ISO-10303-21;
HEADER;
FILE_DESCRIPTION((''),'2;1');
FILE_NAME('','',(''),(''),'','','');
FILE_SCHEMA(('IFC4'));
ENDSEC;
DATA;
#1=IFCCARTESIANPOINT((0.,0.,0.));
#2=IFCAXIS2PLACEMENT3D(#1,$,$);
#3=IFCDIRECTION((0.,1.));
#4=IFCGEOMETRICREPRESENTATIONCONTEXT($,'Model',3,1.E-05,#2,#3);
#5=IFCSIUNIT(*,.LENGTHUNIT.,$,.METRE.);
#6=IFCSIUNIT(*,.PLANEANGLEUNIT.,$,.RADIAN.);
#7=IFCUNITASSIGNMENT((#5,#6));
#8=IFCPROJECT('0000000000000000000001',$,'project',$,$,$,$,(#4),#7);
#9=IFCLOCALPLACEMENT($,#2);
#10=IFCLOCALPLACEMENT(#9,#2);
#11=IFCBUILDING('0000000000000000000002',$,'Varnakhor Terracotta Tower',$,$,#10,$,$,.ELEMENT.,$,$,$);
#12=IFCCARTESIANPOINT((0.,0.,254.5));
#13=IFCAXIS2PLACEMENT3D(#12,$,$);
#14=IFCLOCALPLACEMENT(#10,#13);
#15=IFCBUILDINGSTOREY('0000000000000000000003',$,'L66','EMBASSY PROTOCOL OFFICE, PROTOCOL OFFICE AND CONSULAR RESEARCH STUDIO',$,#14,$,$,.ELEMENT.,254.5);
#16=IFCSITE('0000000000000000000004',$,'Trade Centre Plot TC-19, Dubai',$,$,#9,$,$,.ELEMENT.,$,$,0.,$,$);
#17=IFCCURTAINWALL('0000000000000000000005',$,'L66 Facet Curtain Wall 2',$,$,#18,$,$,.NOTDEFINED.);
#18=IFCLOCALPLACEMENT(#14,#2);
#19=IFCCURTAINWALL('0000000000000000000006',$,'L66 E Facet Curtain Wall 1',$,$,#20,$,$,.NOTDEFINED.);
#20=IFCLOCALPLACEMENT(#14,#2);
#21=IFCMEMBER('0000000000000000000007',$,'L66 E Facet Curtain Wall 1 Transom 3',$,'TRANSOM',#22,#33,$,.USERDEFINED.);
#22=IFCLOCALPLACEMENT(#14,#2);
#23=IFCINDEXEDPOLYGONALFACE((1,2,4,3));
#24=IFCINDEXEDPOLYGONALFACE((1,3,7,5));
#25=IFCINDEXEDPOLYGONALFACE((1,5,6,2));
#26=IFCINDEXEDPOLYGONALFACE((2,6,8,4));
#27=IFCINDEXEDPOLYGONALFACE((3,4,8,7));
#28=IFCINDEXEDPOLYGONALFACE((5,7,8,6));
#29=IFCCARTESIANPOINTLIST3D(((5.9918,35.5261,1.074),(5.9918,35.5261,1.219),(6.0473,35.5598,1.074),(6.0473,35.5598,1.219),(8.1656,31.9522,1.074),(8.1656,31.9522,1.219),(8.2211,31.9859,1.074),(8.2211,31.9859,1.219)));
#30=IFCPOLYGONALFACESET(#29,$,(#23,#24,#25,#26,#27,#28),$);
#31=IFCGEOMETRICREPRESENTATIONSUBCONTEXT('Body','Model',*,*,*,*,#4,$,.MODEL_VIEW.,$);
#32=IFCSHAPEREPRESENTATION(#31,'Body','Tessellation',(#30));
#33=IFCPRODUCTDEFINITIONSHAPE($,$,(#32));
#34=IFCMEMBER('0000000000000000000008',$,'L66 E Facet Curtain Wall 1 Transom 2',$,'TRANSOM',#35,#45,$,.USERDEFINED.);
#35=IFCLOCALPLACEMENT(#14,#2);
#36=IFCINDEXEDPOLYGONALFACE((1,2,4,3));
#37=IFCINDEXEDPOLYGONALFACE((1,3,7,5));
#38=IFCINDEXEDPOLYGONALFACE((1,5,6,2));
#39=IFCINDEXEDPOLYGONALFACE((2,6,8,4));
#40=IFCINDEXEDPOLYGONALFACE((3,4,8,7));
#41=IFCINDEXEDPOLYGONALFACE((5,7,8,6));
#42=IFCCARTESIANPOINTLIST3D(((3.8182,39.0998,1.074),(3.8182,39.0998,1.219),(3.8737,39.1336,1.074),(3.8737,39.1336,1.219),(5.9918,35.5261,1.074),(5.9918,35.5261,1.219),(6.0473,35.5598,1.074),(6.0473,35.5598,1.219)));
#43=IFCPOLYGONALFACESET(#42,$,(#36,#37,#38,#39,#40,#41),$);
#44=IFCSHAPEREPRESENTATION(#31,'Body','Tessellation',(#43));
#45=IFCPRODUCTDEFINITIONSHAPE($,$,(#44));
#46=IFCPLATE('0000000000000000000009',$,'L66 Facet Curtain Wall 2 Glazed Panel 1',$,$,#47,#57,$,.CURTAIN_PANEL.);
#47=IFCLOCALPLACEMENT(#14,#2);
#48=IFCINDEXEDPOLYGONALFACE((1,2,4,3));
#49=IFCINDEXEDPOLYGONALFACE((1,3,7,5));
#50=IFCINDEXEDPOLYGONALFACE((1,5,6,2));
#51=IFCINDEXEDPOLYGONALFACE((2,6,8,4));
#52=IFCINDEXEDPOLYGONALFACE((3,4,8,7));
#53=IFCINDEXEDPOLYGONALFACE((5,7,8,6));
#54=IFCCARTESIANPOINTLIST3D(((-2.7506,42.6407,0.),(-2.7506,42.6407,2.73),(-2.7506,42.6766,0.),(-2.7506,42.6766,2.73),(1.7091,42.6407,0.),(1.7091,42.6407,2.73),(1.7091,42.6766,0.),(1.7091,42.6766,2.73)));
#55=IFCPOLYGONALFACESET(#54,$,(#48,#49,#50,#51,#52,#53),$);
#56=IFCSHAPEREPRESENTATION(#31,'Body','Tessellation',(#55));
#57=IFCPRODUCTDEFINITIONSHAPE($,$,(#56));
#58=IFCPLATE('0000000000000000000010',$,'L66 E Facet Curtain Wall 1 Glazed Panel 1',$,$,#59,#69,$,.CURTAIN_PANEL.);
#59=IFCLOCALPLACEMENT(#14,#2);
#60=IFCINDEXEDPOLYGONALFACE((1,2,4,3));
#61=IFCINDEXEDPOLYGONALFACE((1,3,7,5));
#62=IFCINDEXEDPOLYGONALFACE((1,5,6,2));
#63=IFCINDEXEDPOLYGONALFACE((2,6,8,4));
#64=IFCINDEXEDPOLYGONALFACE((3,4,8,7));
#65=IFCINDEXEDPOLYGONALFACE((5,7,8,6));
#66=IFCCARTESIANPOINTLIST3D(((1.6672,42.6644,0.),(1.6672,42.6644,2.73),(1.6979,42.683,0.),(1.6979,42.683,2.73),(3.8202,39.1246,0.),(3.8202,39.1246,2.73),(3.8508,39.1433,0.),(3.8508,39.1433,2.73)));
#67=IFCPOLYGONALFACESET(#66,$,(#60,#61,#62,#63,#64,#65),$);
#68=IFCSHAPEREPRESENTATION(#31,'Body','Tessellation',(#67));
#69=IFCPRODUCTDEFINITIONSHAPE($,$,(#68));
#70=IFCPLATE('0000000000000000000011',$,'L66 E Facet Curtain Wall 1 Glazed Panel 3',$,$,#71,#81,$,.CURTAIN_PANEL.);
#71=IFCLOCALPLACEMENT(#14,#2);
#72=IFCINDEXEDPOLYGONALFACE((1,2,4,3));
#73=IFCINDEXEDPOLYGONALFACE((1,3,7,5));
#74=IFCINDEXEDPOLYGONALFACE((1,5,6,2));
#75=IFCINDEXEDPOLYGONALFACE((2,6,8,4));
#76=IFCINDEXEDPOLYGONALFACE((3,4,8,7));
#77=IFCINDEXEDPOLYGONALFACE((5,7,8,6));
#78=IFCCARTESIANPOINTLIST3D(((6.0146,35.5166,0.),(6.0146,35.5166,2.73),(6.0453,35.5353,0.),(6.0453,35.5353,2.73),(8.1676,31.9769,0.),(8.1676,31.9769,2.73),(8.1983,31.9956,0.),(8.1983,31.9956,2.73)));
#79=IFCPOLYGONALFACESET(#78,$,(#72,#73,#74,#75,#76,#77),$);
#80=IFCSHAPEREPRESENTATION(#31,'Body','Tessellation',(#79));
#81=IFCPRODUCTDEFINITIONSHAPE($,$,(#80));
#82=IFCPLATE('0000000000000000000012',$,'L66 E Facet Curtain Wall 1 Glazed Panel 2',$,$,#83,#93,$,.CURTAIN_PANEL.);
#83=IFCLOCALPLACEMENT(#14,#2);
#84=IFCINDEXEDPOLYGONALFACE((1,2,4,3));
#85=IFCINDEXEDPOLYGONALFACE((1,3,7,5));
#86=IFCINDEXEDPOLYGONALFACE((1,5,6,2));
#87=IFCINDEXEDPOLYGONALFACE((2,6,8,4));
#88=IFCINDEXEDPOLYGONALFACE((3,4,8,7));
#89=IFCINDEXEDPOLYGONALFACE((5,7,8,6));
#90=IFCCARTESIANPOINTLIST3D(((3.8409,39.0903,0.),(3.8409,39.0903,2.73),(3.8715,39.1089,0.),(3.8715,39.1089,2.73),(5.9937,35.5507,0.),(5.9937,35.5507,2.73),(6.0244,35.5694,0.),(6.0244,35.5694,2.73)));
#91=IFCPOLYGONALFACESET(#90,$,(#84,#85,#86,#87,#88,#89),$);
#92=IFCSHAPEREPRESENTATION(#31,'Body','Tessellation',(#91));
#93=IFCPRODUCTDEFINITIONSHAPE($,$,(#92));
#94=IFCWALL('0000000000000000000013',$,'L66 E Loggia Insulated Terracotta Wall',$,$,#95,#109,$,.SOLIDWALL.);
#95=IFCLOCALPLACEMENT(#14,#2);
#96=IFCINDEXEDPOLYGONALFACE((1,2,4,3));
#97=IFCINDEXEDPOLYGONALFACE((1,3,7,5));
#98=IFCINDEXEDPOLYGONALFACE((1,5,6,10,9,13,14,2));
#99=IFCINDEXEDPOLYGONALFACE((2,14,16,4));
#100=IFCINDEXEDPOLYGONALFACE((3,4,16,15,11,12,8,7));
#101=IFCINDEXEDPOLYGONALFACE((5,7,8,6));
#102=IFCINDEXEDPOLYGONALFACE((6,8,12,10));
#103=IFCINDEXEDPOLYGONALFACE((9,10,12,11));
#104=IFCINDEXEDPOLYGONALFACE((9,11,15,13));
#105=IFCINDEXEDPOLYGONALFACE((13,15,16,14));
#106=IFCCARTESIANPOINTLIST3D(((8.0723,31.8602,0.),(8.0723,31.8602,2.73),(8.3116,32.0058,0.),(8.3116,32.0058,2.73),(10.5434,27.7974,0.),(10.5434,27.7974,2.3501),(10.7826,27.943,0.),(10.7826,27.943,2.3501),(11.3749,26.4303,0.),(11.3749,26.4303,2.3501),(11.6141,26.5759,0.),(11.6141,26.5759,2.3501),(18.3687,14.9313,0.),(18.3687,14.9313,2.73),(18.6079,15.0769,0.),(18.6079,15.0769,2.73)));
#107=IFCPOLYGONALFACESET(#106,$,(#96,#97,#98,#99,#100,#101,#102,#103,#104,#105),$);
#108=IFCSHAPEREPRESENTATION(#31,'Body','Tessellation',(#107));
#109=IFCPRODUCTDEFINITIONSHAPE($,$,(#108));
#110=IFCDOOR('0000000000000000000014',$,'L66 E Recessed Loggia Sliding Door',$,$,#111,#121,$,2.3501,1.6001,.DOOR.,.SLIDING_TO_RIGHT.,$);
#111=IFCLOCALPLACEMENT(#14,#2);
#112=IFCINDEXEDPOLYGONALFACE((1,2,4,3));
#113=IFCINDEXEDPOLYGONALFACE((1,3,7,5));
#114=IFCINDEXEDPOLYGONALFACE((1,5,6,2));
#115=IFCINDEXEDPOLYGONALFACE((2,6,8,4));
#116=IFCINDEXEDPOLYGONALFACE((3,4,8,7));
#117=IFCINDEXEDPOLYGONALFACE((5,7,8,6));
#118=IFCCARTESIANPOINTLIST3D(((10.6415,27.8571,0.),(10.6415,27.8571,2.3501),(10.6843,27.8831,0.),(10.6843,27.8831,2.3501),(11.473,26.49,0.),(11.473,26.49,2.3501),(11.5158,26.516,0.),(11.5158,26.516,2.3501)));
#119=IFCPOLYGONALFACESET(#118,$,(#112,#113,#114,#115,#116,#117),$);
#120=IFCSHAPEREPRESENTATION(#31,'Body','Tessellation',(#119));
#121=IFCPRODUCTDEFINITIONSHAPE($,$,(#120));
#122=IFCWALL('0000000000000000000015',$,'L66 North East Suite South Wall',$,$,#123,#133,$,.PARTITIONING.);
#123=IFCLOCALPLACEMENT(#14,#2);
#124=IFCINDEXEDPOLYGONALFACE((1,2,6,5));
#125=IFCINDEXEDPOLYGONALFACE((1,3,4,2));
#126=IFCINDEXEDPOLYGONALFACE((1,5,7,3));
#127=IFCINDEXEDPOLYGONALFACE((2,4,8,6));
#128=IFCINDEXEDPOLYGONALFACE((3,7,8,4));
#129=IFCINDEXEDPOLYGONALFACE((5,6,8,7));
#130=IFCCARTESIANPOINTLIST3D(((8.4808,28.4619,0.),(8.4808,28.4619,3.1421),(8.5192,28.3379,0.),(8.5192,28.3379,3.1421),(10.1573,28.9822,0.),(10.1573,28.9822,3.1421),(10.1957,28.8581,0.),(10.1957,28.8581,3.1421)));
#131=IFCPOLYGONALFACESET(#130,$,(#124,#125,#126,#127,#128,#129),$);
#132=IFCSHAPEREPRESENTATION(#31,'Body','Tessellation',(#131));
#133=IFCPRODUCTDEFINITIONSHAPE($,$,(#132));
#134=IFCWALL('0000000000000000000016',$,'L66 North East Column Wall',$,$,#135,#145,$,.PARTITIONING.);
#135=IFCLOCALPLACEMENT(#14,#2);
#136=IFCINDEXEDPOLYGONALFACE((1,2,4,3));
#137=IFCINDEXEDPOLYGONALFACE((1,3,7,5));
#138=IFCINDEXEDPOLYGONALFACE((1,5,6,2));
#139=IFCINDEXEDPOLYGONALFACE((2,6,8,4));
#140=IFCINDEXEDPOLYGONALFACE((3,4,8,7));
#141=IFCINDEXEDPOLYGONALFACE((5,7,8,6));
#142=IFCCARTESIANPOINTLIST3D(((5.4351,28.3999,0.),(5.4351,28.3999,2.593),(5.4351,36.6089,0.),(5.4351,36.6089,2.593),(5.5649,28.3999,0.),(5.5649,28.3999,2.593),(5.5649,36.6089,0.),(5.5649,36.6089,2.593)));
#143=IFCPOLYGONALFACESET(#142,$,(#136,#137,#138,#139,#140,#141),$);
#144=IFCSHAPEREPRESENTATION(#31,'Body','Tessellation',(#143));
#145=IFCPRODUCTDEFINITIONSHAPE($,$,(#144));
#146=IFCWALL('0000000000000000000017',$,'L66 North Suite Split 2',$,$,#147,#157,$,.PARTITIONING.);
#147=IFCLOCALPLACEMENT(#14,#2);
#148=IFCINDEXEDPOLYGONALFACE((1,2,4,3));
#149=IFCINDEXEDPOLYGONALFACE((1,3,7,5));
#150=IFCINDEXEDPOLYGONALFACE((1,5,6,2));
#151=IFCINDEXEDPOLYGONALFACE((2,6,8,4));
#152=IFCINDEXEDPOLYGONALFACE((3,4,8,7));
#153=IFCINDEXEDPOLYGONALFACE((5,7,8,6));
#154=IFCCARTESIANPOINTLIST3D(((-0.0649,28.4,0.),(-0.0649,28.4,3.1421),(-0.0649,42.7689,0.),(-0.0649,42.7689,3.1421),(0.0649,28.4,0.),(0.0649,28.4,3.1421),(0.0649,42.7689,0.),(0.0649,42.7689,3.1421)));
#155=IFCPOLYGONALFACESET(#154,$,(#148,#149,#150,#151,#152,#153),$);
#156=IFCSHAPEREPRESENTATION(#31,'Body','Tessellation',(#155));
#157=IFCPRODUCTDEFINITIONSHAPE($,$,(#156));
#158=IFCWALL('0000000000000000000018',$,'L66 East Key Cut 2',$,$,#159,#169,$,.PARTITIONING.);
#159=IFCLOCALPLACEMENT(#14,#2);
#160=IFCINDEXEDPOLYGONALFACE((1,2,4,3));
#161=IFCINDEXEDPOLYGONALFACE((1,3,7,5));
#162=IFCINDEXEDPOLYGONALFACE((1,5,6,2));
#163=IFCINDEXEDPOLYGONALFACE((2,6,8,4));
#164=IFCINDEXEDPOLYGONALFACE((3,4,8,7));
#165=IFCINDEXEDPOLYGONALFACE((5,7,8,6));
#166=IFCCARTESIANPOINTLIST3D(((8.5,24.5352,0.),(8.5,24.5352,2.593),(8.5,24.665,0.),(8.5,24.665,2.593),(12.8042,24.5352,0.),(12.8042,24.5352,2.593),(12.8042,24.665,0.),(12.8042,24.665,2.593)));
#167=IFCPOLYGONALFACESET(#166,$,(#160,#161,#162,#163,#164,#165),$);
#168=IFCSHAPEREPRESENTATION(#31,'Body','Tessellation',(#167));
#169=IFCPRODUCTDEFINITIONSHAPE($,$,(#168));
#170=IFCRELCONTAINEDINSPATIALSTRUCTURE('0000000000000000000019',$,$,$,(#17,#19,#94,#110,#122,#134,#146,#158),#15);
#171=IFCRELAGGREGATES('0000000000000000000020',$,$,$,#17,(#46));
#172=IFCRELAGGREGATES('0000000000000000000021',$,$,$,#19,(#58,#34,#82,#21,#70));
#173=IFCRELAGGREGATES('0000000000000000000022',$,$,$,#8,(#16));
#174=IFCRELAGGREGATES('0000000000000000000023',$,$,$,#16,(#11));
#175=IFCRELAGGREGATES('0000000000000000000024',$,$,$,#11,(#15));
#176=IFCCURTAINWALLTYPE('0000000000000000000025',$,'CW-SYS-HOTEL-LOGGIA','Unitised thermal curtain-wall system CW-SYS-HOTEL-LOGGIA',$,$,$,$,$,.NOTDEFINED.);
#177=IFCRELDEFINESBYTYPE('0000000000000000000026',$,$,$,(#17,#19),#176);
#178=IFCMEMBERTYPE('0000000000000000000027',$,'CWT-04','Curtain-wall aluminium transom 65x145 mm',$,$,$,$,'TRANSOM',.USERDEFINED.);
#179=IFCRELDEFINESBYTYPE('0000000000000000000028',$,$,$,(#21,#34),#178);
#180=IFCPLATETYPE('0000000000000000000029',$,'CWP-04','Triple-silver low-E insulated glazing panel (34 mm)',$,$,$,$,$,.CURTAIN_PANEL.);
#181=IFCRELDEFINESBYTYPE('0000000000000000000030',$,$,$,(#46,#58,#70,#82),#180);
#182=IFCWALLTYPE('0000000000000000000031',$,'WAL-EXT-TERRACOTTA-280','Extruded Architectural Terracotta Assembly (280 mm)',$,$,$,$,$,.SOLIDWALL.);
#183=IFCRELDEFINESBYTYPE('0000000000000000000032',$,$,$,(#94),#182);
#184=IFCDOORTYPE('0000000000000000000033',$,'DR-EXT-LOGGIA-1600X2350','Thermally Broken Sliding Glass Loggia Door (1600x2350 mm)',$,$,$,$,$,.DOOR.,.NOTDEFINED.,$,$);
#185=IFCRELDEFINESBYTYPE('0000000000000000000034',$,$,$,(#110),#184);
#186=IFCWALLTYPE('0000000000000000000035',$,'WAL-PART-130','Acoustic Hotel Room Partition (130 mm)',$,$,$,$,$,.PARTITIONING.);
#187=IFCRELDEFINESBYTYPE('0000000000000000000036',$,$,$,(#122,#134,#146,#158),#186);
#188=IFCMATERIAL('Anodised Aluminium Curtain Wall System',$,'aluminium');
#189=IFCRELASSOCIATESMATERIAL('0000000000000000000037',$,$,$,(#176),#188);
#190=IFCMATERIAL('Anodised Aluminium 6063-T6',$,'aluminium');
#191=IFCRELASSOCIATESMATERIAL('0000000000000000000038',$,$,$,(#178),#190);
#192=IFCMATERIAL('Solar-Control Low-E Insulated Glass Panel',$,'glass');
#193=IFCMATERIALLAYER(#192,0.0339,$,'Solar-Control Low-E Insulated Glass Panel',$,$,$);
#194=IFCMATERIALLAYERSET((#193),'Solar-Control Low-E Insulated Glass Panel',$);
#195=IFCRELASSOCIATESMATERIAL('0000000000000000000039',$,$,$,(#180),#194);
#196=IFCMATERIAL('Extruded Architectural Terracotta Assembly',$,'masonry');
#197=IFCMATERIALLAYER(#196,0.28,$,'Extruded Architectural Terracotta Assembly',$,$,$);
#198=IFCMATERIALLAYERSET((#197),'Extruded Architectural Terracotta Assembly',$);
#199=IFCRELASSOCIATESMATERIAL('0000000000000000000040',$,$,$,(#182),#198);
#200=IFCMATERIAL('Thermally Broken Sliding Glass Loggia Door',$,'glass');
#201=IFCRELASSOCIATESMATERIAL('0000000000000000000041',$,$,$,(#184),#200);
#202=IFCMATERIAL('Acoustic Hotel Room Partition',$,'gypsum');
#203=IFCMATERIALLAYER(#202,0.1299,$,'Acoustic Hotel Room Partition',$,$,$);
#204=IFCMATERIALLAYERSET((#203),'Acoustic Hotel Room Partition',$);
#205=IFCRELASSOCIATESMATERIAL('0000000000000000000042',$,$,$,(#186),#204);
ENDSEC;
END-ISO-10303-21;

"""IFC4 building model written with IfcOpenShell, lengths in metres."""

from ifc_helpers import new_model, si_unit, direction, frame, frame_2d, origin, origin_2d, place, context, subcontext, project, spatial, rectangle, extrude, source, transform, mapped, material, layer, layer_set, material_profile, profile_set, type_object, type_shapes, element, fill, aggregate, save


model = new_model("IFC4")

# Units and contexts
model_context = context("Model", 3, precision=1e-05, world=origin(), true_north=direction((0.0, 1.0)))
body_context = subcontext(model_context, "Body", "Model", "MODEL_VIEW")
ifc_project = project(units=[si_unit("LENGTHUNIT", "METRE"), si_unit("PLANEANGLEUNIT", "RADIAN")], contexts=[model_context])

# Site, building, storey
site_placement = place(None, origin())
site = spatial("IfcSite", under=ifc_project, at=site_placement, Name="Trade Centre Plot TC-19, Dubai", CompositionType="ELEMENT", RefElevation=0.0)
building_placement = place(site_placement, origin())
building = spatial("IfcBuilding", under=site, at=building_placement, Name="Varnakhor Terracotta Tower", CompositionType="ELEMENT")
storey_placement = place(building_placement, frame((0.0, 0.0, 254.5)))
storey = spatial("IfcBuildingStorey", under=building, at=storey_placement, Name="L66", Description="EMBASSY PROTOCOL OFFICE, PROTOCOL OFFICE AND CONSULAR RESEARCH STUDIO", CompositionType="ELEMENT", Elevation=254.5)

# Curtain wall
ifc_material_1 = material(Name="Anodised Aluminium Curtain Wall System", Category="aluminium")
curtain_wall_type = type_object("IfcCurtainWallType", Name="CW-SYS-HOTEL-LOGGIA", Description="Unitised thermal curtain-wall system CW-SYS-HOTEL-LOGGIA", PredefinedType="NOTDEFINED", material=ifc_material_1)
curtain_wall_1_placement = place(storey_placement, origin())
curtain_wall_1 = element("IfcCurtainWall", 1, at=curtain_wall_1_placement, inside=storey, type_object=curtain_wall_type, Name="L66 Facet Curtain Wall 2", PredefinedType="NOTDEFINED")
ifc_material_2 = material(Name="Anodised Aluminium 6063-T6", Category="aluminium")

# Curtain wall
curtain_wall_2_placement = place(storey_placement, origin())
curtain_wall_2 = element("IfcCurtainWall", 2, at=curtain_wall_2_placement, inside=storey, type_object=curtain_wall_type, Name="L66 E Facet Curtain Wall 1", PredefinedType="NOTDEFINED")

# Members
ifc_material_profile_1 = material_profile(ifc_material_2, rectangle(XDim=0.0649, YDim=0.145, at=origin_2d()), Name="ALU TRANSOM 65x145")
ifc_profile_set_1 = profile_set([ifc_material_profile_1], Name="Anodised Aluminium 6063-T6")
member_type_1 = type_object("IfcMemberType", Name="CWT-04", Description="Curtain-wall aluminium transom 65x145 mm", ElementType="TRANSOM", PredefinedType="USERDEFINED", material=ifc_profile_set_1)
shared_shape_1 = source(origin(), body_context, "Body", "SweptSolid", [
    extrude(rectangle(XDim=0.0649, YDim=0.145, at=origin_2d()), origin(), (0.0, 0.0, 1.0), 4.1831),
])
member_1_placement = place(storey_placement, frame((6.0195, 35.543, 1.1465), z_axis=(0.519662, -0.854372, 0.0), x_axis=(0.854372, 0.519662, 0.0)))
member_1 = element("IfcMember", 3, at=member_1_placement, type_object=member_type_1, Name="L66 E Facet Curtain Wall 1 Transom 3", ObjectType="TRANSOM", PredefinedType="USERDEFINED", context=body_context, shape_type="MappedRepresentation", body=[
    mapped(shared_shape_1, transform((0.0, 0.0, 0.0), scale=1.0)),
])
shared_shape_2 = source(origin(), body_context, "Body", "SweptSolid", [
    extrude(rectangle(XDim=0.0649, YDim=0.145, at=origin_2d()), origin(), (0.0, 0.0, 1.0), 4.1829),
])
member_2_placement = place(storey_placement, frame((3.8459, 39.1167, 1.1465), z_axis=(0.519645, -0.854382, 0.0), x_axis=(0.854382, 0.519645, 0.0)))
member_2 = element("IfcMember", 4, at=member_2_placement, type_object=member_type_1, Name="L66 E Facet Curtain Wall 1 Transom 2", ObjectType="TRANSOM", PredefinedType="USERDEFINED", context=body_context, shape_type="MappedRepresentation", body=[
    mapped(shared_shape_2, transform((0.0, 0.0, 0.0), scale=1.0)),
])

# Plates
ifc_material_3 = material(Name="Solar-Control Low-E Insulated Glass Panel", Category="glass")
ifc_layer_1 = layer(ifc_material_3, 0.0339, Name="Solar-Control Low-E Insulated Glass Panel")
ifc_layer_set_1 = layer_set([ifc_layer_1], Name="Solar-Control Low-E Insulated Glass Panel")
plate_type = type_object("IfcPlateType", Name="CWP-04", Description="Triple-silver low-E insulated glazing panel (34 mm)", PredefinedType="CURTAIN_PANEL", material=ifc_layer_set_1)
shared_shape_3 = source(origin(), body_context, "Body", "SweptSolid", [
    extrude(rectangle(XDim=4.4597, YDim=0.0359, at=origin_2d()), origin(), (0.0, 0.0, 1.0), 2.73),
])
plate_1_placement = place(storey_placement, frame((-0.5208, 42.6587, 0.0), z_axis=(0.0, 0.0, 1.0), x_axis=(1.0, 0.0, 0.0)))
plate_1 = element("IfcPlate", 5, at=plate_1_placement, type_object=plate_type, Name="L66 Facet Curtain Wall 2 Glazed Panel 1", PredefinedType="CURTAIN_PANEL", context=body_context, shape_type="MappedRepresentation", body=[
    mapped(shared_shape_3, transform((0.0, 0.0, 0.0), scale=1.0)),
])
aggregate(curtain_wall_1, [plate_1])
shared_shape_4 = source(origin(), body_context, "Body", "SweptSolid", [
    extrude(rectangle(XDim=4.1431, YDim=0.0359, at=origin_2d()), origin(), (0.0, 0.0, 1.0), 2.73),
])
plate_2_placement = place(storey_placement, frame((2.759, 40.9038, 0.0), z_axis=(0.0, 0.0, 1.0), x_axis=(0.519653, -0.854377, 0.0)))
plate_2 = element("IfcPlate", 6, at=plate_2_placement, type_object=plate_type, Name="L66 E Facet Curtain Wall 1 Glazed Panel 1", PredefinedType="CURTAIN_PANEL", context=body_context, shape_type="MappedRepresentation", body=[
    mapped(shared_shape_4, transform((0.0, 0.0, 0.0), scale=1.0)),
])
plate_3_placement = place(storey_placement, frame((7.1064, 33.7561, 0.0), z_axis=(0.0, 0.0, 1.0), x_axis=(0.519653, -0.854377, 0.0)))
plate_3 = element("IfcPlate", 7, at=plate_3_placement, type_object=plate_type, Name="L66 E Facet Curtain Wall 1 Glazed Panel 3", PredefinedType="CURTAIN_PANEL", context=body_context, shape_type="MappedRepresentation", body=[
    mapped(shared_shape_4, transform((0.0, 0.0, 0.0), scale=1.0)),
])
shared_shape_5 = source(origin(), body_context, "Body", "SweptSolid", [
    extrude(rectangle(XDim=4.1428, YDim=0.0359, at=origin_2d()), origin(), (0.0, 0.0, 1.0), 2.73),
])
plate_4_placement = place(storey_placement, frame((4.9326, 37.3298, 0.0), z_axis=(0.0, 0.0, 1.0), x_axis=(0.519653, -0.854377, 0.0)))
plate_4 = element("IfcPlate", 8, at=plate_4_placement, type_object=plate_type, Name="L66 E Facet Curtain Wall 1 Glazed Panel 2", PredefinedType="CURTAIN_PANEL", context=body_context, shape_type="MappedRepresentation", body=[
    mapped(shared_shape_5, transform((0.0, 0.0, 0.0), scale=1.0)),
])
aggregate(curtain_wall_2, [plate_2, member_2, plate_4, member_1, plate_3])

# Wall, opening, door
ifc_material_4 = material(Name="Extruded Architectural Terracotta Assembly", Category="masonry")
ifc_layer_2 = layer(ifc_material_4, 0.28, Name="Extruded Architectural Terracotta Assembly")
ifc_layer_set_2 = layer_set([ifc_layer_2], Name="Extruded Architectural Terracotta Assembly")
wall_type_1 = type_object("IfcWallType", Name="WAL-EXT-TERRACOTTA-280", Description="Extruded Architectural Terracotta Assembly (280 mm)", PredefinedType="SOLIDWALL", material=ifc_layer_set_2)
wall_1_placement = place(storey_placement, frame((8.1919, 31.9331, 0.0), z_axis=(0.0, 0.0, 1.0), x_axis=(0.519645, -0.854382, 0.0)))
wall_1 = element("IfcWall", 9, at=wall_1_placement, inside=storey, type_object=wall_type_1, Name="L66 E Loggia Insulated Terracotta Wall", PredefinedType="SOLIDWALL", context=body_context, shape_type="SweptSolid", body=[
    extrude(rectangle(XDim=19.8142, YDim=0.28, at=frame_2d((9.9072, 0.0))), origin(), (0.0, 0.0, 1.0), 2.73),
])
opening_placement = place(wall_1_placement, frame((4.7554, 0.0, 0.0)))
opening = element("IfcOpeningElement", 10, at=opening_placement, cuts=wall_1, PredefinedType="OPENING", context=body_context, shape_type="SweptSolid", body=[
    extrude(rectangle(XDim=1.6001, YDim=2.3501, at=frame_2d((0.8, 1.175))), frame((0.0, 0.1499, 0.0), z_axis=(0.0, -1.0, 0.0), x_axis=(1.0, 0.0, 0.0)), (0.0, 0.0, 1.0), 0.3),
])
ifc_material_5 = material(Name="Thermally Broken Sliding Glass Loggia Door", Category="glass")
door_type = type_object("IfcDoorType", Name="DR-EXT-LOGGIA-1600X2350", Description="Thermally Broken Sliding Glass Loggia Door (1600x2350 mm)", OperationType="NOTDEFINED", PredefinedType="DOOR", material=ifc_material_5)
shared_shape_6 = source(origin(), body_context, "Body", "SweptSolid", [
    extrude(rectangle(XDim=1.6001, YDim=2.3501, at=frame_2d((0.8, 1.175))), frame((0.0, 0.0249, 0.0), z_axis=(0.0, -1.0, 0.0), x_axis=(1.0, 0.0, 0.0)), (0.0, 0.0, 1.0), 0.05),
])
type_shapes(door_type, [shared_shape_6])
door_placement = place(opening_placement, origin())
door = element("IfcDoor", 11, at=door_placement, inside=storey, type_object=door_type, Name="L66 E Recessed Loggia Sliding Door", OperationType="SLIDING_TO_RIGHT", OverallHeight=2.3501, OverallWidth=1.6001, PredefinedType="DOOR", context=body_context, shape_type="MappedRepresentation", body=[
    mapped(shared_shape_6, transform((0.0, 0.0, 0.0), scale=1.0)),
])
fill(opening, door)

# Walls
ifc_material_6 = material(Name="Acoustic Hotel Room Partition", Category="gypsum")
ifc_layer_3 = layer(ifc_material_6, 0.1299, Name="Acoustic Hotel Room Partition")
ifc_layer_set_3 = layer_set([ifc_layer_3], Name="Acoustic Hotel Room Partition")
wall_type_2 = type_object("IfcWallType", Name="WAL-PART-130", Description="Acoustic Hotel Room Partition (130 mm)", PredefinedType="PARTITIONING", material=ifc_layer_set_3)
wall_2_placement = place(storey_placement, frame((8.5, 28.3999, 0.0), z_axis=(0.0, 0.0, 1.0), x_axis=(0.95507, 0.296382, 0.0)))
element("IfcWall", 12, at=wall_2_placement, inside=storey, type_object=wall_type_2, Name="L66 North East Suite South Wall", PredefinedType="PARTITIONING", context=body_context, shape_type="SweptSolid", body=[
    extrude(rectangle(XDim=1.7554, YDim=0.1299, at=frame_2d((0.8777, 0.0))), origin(), (0.0, 0.0, 1.0), 3.1421),
])
wall_3_placement = place(storey_placement, frame((5.5, 28.3999, 0.0), z_axis=(0.0, 0.0, 1.0), x_axis=(0.0, 1.0, 0.0)))
element("IfcWall", 13, at=wall_3_placement, inside=storey, type_object=wall_type_2, Name="L66 North East Column Wall", PredefinedType="PARTITIONING", context=body_context, shape_type="SweptSolid", body=[
    extrude(rectangle(XDim=8.209, YDim=0.1299, at=frame_2d((4.1045, 0.0))), origin(), (0.0, 0.0, 1.0), 2.593),
])
wall_4_placement = place(storey_placement, frame((0.0, 28.3999, 0.0), z_axis=(0.0, 0.0, 1.0), x_axis=(0.0, 1.0, 0.0)))
element("IfcWall", 14, at=wall_4_placement, inside=storey, type_object=wall_type_2, Name="L66 North Suite Split 2", PredefinedType="PARTITIONING", context=body_context, shape_type="SweptSolid", body=[
    extrude(rectangle(XDim=14.3689, YDim=0.1299, at=frame_2d((7.1846, 0.0))), origin(), (0.0, 0.0, 1.0), 3.1421),
])
wall_5_placement = place(storey_placement, frame((8.5, 24.6001, 0.0), z_axis=(0.0, 0.0, 1.0), x_axis=(1.0, 0.0, 0.0)))
element("IfcWall", 15, at=wall_5_placement, inside=storey, type_object=wall_type_2, Name="L66 East Key Cut 2", PredefinedType="PARTITIONING", context=body_context, shape_type="SweptSolid", body=[
    extrude(rectangle(XDim=4.3042, YDim=0.1299, at=frame_2d((2.1521, 0.0))), origin(), (0.0, 0.0, 1.0), 2.593),
])

save(model, "model.ifc")
